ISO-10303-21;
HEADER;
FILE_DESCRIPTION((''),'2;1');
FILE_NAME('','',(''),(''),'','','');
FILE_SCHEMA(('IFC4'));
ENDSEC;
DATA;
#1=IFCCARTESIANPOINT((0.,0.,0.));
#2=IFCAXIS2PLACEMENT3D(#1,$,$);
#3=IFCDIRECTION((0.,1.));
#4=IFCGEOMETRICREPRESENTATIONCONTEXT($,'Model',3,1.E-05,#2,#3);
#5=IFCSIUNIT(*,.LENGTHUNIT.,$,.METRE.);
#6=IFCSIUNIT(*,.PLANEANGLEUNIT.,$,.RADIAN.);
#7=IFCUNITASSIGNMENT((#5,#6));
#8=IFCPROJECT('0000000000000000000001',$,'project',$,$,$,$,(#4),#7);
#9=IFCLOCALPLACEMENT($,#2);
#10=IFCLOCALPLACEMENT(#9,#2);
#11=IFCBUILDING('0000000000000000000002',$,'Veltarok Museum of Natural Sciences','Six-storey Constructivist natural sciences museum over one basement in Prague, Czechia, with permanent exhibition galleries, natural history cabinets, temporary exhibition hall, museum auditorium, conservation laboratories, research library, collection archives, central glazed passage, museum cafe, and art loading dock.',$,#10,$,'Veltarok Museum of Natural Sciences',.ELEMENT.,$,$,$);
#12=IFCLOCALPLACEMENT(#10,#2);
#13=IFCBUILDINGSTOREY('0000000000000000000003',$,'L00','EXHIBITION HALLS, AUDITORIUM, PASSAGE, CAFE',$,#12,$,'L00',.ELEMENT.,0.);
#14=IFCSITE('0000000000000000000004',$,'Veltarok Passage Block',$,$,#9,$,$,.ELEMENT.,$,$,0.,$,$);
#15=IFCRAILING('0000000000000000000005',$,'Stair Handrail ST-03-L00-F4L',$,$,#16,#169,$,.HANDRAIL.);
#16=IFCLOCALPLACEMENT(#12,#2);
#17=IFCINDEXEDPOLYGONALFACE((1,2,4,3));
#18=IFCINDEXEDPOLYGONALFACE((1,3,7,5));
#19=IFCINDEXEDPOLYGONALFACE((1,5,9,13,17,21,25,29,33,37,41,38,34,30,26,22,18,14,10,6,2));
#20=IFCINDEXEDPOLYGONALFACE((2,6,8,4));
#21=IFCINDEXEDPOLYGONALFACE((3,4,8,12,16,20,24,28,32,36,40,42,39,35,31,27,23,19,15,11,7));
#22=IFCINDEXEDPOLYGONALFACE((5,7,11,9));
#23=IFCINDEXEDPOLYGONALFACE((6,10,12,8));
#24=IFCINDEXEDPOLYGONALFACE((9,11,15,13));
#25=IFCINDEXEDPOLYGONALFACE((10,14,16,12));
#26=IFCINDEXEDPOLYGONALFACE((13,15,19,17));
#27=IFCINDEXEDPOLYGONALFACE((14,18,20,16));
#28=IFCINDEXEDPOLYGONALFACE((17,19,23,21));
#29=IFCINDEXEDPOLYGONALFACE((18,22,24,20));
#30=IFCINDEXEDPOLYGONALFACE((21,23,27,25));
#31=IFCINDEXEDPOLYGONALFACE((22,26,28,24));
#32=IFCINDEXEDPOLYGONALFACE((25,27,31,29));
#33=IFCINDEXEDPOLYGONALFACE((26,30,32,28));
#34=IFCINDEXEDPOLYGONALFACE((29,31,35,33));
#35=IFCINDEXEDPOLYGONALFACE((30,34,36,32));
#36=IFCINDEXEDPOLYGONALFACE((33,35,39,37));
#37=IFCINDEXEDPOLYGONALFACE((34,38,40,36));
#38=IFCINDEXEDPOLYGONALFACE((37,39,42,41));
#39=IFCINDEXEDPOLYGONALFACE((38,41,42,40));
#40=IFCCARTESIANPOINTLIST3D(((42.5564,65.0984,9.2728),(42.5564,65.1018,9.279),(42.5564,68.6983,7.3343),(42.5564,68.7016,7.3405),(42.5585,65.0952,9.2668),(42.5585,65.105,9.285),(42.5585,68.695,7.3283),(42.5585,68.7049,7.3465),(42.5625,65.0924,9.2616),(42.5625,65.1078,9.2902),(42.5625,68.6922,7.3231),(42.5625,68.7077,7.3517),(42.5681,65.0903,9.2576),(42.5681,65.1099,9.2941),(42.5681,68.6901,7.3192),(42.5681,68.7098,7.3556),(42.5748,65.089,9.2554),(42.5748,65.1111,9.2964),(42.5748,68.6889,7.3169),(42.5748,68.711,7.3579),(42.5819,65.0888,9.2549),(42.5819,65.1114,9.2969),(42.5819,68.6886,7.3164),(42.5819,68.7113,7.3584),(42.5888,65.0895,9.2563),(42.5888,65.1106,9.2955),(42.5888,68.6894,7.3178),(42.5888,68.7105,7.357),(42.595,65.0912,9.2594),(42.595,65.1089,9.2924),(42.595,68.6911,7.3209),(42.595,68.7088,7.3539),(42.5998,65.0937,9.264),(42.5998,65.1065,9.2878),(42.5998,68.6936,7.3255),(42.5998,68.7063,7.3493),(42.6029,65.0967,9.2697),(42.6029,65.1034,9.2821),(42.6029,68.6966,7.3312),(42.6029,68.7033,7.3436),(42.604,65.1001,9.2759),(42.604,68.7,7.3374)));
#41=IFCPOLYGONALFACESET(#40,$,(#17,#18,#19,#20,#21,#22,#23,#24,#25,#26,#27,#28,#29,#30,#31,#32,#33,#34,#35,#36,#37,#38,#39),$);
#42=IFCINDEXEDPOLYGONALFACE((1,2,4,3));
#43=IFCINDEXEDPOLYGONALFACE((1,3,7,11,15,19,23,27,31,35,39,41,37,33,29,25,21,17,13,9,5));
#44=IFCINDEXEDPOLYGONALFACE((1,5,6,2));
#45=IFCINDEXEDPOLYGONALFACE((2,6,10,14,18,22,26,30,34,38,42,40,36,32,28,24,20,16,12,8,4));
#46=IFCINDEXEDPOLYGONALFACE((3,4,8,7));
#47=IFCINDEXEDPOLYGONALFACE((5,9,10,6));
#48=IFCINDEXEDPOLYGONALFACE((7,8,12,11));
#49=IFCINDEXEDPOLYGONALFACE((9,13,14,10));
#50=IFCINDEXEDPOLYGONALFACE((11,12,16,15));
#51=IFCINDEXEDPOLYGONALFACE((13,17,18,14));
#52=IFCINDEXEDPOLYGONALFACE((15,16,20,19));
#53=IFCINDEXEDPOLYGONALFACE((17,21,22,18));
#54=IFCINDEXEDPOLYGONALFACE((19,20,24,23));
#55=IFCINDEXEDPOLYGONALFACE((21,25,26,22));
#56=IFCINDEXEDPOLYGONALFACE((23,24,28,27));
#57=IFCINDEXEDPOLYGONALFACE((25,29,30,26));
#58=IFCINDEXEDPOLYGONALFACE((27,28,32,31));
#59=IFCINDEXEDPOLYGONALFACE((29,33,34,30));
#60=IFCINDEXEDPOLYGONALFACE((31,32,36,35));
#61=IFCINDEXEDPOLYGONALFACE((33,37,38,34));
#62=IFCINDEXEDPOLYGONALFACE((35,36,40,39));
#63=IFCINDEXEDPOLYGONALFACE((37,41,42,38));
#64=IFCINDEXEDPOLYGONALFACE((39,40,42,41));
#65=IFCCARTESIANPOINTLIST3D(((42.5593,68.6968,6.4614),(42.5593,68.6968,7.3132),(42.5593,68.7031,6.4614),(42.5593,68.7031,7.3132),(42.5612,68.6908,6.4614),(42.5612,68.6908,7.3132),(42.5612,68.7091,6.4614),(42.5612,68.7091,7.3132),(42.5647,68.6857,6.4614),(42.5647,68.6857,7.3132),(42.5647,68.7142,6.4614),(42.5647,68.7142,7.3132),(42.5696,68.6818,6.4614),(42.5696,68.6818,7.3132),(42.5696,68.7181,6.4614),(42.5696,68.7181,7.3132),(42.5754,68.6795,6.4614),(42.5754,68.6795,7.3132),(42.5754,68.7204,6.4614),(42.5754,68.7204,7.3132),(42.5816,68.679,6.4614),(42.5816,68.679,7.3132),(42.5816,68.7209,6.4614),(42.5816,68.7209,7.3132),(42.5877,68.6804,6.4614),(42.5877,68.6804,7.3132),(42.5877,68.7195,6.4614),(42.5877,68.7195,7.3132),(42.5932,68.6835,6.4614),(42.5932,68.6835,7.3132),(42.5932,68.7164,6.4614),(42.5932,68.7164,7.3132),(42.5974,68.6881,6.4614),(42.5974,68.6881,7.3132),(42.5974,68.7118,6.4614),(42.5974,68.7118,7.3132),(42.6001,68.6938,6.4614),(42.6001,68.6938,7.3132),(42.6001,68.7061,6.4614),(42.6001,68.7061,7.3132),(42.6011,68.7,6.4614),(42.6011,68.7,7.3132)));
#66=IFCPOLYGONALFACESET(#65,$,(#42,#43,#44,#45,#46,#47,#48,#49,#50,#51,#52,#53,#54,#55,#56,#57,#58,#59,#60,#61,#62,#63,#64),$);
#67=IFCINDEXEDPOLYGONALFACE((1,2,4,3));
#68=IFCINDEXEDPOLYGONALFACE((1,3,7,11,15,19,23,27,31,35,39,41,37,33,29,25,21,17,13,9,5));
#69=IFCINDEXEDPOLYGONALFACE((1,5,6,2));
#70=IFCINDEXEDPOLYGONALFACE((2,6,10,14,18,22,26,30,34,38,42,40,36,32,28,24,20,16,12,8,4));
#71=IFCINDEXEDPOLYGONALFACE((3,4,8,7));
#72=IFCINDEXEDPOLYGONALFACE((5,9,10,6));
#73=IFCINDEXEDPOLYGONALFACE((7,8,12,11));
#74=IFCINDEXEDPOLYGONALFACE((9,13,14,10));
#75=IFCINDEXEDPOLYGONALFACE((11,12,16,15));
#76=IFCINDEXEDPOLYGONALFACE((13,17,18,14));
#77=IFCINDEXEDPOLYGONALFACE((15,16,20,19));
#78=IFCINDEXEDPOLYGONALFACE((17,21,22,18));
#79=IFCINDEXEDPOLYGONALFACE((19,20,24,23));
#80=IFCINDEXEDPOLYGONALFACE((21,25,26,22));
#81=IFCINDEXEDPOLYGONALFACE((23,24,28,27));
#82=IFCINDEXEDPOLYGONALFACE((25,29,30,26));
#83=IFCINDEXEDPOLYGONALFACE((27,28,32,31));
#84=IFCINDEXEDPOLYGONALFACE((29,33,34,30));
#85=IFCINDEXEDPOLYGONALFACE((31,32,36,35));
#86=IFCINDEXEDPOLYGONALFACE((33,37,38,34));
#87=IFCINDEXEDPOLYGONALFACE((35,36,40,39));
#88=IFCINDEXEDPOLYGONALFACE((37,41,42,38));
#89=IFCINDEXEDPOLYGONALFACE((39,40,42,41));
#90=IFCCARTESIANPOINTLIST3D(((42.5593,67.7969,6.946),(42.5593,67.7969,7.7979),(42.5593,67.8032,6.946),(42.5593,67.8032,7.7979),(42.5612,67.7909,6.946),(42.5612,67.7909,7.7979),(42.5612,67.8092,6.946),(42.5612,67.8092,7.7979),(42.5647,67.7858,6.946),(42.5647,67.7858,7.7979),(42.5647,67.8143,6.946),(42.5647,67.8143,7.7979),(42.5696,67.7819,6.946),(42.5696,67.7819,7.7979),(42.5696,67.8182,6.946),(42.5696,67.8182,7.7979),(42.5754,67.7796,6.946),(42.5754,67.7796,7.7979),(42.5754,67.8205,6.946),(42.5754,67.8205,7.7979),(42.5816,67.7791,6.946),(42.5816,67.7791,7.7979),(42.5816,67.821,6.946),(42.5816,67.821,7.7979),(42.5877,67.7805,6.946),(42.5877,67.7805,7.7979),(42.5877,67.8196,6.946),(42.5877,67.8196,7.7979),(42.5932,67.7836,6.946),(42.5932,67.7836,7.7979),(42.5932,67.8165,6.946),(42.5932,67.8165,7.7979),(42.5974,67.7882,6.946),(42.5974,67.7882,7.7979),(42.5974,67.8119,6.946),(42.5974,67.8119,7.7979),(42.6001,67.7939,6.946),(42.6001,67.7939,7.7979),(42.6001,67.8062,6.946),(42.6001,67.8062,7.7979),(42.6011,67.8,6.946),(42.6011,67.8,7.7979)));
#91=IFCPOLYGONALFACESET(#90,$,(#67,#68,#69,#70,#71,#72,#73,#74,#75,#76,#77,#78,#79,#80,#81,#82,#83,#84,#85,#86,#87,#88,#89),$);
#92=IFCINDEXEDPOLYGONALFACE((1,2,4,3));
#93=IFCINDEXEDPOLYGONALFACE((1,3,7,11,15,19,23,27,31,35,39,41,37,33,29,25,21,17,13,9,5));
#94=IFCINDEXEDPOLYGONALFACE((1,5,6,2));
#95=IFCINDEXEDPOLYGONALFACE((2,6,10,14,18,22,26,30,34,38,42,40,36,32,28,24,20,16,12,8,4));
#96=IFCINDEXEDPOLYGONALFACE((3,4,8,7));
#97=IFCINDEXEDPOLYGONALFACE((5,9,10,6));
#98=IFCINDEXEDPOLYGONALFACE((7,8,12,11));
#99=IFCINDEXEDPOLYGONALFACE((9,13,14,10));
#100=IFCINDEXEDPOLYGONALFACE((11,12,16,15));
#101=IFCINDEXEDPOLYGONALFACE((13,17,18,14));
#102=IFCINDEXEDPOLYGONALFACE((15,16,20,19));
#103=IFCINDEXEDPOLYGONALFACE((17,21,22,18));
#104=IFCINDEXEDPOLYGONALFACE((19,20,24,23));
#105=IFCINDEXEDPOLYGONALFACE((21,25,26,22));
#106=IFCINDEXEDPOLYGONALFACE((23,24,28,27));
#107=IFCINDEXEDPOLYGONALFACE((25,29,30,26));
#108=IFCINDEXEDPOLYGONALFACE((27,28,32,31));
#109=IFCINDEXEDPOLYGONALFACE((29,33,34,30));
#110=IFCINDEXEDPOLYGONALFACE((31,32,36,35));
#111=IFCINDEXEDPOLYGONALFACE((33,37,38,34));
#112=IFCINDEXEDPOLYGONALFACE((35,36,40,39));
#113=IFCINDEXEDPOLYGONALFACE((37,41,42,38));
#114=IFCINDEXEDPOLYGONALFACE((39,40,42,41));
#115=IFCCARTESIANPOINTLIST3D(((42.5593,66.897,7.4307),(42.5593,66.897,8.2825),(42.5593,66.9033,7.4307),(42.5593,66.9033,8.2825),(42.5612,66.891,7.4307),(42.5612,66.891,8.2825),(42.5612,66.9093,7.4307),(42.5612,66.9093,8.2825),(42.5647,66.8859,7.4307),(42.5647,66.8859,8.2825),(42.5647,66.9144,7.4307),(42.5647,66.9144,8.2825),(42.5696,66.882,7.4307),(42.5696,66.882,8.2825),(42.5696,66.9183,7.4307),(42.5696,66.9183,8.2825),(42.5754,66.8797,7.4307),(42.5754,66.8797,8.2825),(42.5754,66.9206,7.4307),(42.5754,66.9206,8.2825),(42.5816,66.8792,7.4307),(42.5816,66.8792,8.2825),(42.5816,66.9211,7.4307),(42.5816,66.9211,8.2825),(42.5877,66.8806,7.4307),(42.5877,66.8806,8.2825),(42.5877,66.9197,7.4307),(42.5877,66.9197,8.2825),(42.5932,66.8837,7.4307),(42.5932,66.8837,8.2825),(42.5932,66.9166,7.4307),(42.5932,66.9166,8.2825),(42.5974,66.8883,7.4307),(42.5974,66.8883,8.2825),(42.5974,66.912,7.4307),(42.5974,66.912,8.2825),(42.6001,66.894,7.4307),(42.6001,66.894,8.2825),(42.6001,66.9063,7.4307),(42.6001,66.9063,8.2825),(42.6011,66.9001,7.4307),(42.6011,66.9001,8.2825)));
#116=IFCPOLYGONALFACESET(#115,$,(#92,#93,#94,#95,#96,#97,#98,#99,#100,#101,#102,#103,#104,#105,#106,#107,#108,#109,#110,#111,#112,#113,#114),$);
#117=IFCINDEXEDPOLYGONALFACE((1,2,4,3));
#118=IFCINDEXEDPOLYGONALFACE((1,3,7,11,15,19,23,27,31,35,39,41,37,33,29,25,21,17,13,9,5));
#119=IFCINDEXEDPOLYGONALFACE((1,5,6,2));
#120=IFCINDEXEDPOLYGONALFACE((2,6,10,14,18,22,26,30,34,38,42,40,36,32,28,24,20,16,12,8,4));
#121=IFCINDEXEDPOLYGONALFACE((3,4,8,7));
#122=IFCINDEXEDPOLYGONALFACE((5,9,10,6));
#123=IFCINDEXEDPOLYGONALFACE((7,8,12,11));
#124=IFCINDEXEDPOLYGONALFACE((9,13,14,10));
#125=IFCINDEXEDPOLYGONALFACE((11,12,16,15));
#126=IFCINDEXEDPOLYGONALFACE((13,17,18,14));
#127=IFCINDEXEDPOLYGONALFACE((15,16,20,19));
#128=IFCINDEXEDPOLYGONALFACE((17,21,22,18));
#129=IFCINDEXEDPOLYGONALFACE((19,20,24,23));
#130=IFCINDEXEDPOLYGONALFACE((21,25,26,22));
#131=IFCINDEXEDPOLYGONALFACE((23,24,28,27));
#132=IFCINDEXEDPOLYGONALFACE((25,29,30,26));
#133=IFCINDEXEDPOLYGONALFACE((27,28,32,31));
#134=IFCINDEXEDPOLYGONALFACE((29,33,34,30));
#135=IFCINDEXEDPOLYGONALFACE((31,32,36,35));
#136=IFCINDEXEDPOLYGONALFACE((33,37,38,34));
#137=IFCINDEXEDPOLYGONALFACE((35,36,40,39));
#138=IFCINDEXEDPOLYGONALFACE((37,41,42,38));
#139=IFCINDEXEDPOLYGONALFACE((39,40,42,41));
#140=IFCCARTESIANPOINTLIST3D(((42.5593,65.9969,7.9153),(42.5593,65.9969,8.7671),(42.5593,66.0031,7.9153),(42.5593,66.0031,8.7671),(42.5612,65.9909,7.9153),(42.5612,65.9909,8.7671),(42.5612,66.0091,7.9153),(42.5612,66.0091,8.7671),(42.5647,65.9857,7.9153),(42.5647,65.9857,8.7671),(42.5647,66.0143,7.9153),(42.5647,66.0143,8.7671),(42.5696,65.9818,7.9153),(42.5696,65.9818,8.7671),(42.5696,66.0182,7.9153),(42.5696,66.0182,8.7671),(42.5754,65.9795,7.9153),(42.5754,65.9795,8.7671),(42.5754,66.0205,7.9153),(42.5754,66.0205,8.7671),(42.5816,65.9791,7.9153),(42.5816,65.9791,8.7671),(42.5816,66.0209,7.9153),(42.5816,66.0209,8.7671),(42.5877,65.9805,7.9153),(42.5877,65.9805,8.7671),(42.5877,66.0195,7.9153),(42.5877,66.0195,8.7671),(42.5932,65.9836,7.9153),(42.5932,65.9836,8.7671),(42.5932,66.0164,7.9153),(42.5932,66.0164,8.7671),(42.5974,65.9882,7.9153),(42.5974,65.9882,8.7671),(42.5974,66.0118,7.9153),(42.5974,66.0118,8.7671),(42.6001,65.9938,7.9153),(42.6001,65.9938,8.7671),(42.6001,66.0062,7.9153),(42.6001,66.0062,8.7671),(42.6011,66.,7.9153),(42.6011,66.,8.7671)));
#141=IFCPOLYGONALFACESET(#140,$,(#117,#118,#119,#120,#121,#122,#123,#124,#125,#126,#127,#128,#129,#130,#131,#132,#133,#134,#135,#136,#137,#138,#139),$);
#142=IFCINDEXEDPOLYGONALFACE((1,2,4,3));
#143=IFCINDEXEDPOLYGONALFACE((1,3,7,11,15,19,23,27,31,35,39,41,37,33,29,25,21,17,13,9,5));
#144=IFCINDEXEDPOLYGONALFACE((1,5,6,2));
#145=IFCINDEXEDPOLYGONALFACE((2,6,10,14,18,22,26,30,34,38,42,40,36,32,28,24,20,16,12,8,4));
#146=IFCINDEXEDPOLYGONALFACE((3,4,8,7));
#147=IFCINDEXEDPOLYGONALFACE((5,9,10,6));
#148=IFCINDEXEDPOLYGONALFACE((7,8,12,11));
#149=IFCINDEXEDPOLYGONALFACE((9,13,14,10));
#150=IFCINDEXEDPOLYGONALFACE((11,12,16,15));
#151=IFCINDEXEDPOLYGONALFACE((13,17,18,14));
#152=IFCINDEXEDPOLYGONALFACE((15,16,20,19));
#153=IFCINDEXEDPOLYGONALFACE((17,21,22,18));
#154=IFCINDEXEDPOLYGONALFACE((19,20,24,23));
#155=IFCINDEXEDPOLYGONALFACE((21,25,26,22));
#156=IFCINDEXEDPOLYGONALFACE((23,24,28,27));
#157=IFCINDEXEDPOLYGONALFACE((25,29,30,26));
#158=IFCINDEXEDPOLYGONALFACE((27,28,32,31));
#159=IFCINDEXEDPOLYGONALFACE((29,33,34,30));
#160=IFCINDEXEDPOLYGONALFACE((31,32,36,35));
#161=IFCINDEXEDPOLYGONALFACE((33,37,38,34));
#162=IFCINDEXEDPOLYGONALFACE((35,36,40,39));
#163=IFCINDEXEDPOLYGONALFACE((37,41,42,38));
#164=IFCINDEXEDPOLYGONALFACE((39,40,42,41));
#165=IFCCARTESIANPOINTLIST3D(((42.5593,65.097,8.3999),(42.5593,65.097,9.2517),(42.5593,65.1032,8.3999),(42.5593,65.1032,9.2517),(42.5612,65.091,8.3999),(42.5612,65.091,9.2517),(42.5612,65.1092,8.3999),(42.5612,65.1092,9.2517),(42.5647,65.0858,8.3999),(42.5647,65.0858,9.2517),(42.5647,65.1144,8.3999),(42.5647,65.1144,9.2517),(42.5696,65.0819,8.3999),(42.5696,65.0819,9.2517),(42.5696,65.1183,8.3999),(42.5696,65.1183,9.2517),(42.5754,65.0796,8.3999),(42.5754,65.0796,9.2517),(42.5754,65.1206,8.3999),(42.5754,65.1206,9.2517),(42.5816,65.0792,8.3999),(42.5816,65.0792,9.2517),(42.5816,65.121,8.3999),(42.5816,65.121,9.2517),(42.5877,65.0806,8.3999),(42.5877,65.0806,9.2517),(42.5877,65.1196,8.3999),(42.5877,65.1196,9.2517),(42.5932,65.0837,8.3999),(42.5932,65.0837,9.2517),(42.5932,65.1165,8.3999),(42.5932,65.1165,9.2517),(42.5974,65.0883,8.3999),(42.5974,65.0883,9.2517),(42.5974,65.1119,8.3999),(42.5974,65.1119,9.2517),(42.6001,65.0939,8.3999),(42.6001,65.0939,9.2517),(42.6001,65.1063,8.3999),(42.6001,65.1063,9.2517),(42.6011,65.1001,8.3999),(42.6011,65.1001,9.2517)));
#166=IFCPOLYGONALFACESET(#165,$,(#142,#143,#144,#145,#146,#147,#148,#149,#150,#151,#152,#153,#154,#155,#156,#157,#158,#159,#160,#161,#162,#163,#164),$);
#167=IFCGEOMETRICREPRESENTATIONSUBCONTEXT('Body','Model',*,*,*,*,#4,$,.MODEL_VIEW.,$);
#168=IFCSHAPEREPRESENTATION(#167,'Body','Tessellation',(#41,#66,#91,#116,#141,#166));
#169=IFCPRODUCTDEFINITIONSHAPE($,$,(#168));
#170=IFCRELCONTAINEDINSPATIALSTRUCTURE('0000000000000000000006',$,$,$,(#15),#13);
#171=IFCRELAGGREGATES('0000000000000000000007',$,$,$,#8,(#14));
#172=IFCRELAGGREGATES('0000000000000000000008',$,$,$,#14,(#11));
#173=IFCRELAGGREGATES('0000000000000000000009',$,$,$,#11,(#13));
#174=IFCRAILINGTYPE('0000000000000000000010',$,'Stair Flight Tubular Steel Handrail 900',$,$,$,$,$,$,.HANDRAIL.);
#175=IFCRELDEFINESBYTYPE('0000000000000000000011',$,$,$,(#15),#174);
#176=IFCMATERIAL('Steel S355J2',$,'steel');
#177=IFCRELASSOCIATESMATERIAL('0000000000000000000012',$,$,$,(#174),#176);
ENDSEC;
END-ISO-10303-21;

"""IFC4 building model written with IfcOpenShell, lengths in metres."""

from ifc_helpers import new_model, si_unit, direction, frame, origin, origin_2d, place, context, subcontext, project, spatial, circle, extrude, material, type_object, element, save


model = new_model("IFC4")

# Units and contexts
model_context = context("Model", 3, precision=1e-05, world=origin(), true_north=direction((0.0, 1.0)))
body_context = subcontext(model_context, "Body", "Model", "MODEL_VIEW")
ifc_project = project(units=[si_unit("LENGTHUNIT", "METRE"), si_unit("PLANEANGLEUNIT", "RADIAN")], contexts=[model_context])

# Site, building, storey
site_placement = place(None, origin())
site = spatial("IfcSite", under=ifc_project, at=site_placement, Name="Veltarok Passage Block", CompositionType="ELEMENT", RefElevation=0.0)
building_placement = place(site_placement, origin())
building = spatial("IfcBuilding", under=site, at=building_placement, Name="Veltarok Museum of Natural Sciences", Description="Six-storey Constructivist natural sciences museum over one basement in Prague, Czechia, with permanent exhibition galleries, natural history cabinets, temporary exhibition hall, museum auditorium, conservation laboratories, research library, collection archives, central glazed passage, museum cafe, and art loading dock.", LongName="Veltarok Museum of Natural Sciences", CompositionType="ELEMENT")
storey_placement = place(building_placement, origin())
storey = spatial("IfcBuildingStorey", under=building, at=storey_placement, Name="L00", Description="EXHIBITION HALLS, AUDITORIUM, PASSAGE, CAFE", LongName="L00", CompositionType="ELEMENT", Elevation=0.0)

# Railing
ifc_material_1 = material(Name="Steel S355J2", Category="steel")
railing_type_1 = type_object("IfcRailingType", Name="Stair Flight Tubular Steel Handrail 900", PredefinedType="HANDRAIL", material=ifc_material_1)
for number, where, name in (
    (1, (42.5801, 68.7, 6.4614), "Stair Handrail ST-03-L00-F4L"),
):
    element("IfcRailing", number, at=place(storey_placement, frame(where)), inside=storey, type_object=railing_type_1, Name=name, PredefinedType="HANDRAIL", context=body_context, shape_type="SweptSolid", body=[
        extrude(circle(Radius=0.0239, at=origin_2d()), frame((0.0, 0.0, 0.876), z_axis=(0.0, -0.880462, 0.474118), x_axis=(1.0, 0.0, 0.0)), (0.0, 0.0, 1.0), 4.0886),
        extrude(circle(Radius=0.021, at=origin_2d()), origin(), (0.0, 0.0, 1.0), 0.8518),
        extrude(circle(Radius=0.021, at=origin_2d()), frame((0.0, -0.8999, 0.4846)), (0.0, 0.0, 1.0), 0.8518),
        extrude(circle(Radius=0.021, at=origin_2d()), frame((0.0, -1.7998, 0.9692)), (0.0, 0.0, 1.0), 0.8518),
        extrude(circle(Radius=0.021, at=origin_2d()), frame((0.0, -2.7, 1.4539)), (0.0, 0.0, 1.0), 0.8518),
        extrude(circle(Radius=0.021, at=origin_2d()), frame((0.0, -3.5999, 1.9385)), (0.0, 0.0, 1.0), 0.8518),
    ])

save(model, "model.ifc")
